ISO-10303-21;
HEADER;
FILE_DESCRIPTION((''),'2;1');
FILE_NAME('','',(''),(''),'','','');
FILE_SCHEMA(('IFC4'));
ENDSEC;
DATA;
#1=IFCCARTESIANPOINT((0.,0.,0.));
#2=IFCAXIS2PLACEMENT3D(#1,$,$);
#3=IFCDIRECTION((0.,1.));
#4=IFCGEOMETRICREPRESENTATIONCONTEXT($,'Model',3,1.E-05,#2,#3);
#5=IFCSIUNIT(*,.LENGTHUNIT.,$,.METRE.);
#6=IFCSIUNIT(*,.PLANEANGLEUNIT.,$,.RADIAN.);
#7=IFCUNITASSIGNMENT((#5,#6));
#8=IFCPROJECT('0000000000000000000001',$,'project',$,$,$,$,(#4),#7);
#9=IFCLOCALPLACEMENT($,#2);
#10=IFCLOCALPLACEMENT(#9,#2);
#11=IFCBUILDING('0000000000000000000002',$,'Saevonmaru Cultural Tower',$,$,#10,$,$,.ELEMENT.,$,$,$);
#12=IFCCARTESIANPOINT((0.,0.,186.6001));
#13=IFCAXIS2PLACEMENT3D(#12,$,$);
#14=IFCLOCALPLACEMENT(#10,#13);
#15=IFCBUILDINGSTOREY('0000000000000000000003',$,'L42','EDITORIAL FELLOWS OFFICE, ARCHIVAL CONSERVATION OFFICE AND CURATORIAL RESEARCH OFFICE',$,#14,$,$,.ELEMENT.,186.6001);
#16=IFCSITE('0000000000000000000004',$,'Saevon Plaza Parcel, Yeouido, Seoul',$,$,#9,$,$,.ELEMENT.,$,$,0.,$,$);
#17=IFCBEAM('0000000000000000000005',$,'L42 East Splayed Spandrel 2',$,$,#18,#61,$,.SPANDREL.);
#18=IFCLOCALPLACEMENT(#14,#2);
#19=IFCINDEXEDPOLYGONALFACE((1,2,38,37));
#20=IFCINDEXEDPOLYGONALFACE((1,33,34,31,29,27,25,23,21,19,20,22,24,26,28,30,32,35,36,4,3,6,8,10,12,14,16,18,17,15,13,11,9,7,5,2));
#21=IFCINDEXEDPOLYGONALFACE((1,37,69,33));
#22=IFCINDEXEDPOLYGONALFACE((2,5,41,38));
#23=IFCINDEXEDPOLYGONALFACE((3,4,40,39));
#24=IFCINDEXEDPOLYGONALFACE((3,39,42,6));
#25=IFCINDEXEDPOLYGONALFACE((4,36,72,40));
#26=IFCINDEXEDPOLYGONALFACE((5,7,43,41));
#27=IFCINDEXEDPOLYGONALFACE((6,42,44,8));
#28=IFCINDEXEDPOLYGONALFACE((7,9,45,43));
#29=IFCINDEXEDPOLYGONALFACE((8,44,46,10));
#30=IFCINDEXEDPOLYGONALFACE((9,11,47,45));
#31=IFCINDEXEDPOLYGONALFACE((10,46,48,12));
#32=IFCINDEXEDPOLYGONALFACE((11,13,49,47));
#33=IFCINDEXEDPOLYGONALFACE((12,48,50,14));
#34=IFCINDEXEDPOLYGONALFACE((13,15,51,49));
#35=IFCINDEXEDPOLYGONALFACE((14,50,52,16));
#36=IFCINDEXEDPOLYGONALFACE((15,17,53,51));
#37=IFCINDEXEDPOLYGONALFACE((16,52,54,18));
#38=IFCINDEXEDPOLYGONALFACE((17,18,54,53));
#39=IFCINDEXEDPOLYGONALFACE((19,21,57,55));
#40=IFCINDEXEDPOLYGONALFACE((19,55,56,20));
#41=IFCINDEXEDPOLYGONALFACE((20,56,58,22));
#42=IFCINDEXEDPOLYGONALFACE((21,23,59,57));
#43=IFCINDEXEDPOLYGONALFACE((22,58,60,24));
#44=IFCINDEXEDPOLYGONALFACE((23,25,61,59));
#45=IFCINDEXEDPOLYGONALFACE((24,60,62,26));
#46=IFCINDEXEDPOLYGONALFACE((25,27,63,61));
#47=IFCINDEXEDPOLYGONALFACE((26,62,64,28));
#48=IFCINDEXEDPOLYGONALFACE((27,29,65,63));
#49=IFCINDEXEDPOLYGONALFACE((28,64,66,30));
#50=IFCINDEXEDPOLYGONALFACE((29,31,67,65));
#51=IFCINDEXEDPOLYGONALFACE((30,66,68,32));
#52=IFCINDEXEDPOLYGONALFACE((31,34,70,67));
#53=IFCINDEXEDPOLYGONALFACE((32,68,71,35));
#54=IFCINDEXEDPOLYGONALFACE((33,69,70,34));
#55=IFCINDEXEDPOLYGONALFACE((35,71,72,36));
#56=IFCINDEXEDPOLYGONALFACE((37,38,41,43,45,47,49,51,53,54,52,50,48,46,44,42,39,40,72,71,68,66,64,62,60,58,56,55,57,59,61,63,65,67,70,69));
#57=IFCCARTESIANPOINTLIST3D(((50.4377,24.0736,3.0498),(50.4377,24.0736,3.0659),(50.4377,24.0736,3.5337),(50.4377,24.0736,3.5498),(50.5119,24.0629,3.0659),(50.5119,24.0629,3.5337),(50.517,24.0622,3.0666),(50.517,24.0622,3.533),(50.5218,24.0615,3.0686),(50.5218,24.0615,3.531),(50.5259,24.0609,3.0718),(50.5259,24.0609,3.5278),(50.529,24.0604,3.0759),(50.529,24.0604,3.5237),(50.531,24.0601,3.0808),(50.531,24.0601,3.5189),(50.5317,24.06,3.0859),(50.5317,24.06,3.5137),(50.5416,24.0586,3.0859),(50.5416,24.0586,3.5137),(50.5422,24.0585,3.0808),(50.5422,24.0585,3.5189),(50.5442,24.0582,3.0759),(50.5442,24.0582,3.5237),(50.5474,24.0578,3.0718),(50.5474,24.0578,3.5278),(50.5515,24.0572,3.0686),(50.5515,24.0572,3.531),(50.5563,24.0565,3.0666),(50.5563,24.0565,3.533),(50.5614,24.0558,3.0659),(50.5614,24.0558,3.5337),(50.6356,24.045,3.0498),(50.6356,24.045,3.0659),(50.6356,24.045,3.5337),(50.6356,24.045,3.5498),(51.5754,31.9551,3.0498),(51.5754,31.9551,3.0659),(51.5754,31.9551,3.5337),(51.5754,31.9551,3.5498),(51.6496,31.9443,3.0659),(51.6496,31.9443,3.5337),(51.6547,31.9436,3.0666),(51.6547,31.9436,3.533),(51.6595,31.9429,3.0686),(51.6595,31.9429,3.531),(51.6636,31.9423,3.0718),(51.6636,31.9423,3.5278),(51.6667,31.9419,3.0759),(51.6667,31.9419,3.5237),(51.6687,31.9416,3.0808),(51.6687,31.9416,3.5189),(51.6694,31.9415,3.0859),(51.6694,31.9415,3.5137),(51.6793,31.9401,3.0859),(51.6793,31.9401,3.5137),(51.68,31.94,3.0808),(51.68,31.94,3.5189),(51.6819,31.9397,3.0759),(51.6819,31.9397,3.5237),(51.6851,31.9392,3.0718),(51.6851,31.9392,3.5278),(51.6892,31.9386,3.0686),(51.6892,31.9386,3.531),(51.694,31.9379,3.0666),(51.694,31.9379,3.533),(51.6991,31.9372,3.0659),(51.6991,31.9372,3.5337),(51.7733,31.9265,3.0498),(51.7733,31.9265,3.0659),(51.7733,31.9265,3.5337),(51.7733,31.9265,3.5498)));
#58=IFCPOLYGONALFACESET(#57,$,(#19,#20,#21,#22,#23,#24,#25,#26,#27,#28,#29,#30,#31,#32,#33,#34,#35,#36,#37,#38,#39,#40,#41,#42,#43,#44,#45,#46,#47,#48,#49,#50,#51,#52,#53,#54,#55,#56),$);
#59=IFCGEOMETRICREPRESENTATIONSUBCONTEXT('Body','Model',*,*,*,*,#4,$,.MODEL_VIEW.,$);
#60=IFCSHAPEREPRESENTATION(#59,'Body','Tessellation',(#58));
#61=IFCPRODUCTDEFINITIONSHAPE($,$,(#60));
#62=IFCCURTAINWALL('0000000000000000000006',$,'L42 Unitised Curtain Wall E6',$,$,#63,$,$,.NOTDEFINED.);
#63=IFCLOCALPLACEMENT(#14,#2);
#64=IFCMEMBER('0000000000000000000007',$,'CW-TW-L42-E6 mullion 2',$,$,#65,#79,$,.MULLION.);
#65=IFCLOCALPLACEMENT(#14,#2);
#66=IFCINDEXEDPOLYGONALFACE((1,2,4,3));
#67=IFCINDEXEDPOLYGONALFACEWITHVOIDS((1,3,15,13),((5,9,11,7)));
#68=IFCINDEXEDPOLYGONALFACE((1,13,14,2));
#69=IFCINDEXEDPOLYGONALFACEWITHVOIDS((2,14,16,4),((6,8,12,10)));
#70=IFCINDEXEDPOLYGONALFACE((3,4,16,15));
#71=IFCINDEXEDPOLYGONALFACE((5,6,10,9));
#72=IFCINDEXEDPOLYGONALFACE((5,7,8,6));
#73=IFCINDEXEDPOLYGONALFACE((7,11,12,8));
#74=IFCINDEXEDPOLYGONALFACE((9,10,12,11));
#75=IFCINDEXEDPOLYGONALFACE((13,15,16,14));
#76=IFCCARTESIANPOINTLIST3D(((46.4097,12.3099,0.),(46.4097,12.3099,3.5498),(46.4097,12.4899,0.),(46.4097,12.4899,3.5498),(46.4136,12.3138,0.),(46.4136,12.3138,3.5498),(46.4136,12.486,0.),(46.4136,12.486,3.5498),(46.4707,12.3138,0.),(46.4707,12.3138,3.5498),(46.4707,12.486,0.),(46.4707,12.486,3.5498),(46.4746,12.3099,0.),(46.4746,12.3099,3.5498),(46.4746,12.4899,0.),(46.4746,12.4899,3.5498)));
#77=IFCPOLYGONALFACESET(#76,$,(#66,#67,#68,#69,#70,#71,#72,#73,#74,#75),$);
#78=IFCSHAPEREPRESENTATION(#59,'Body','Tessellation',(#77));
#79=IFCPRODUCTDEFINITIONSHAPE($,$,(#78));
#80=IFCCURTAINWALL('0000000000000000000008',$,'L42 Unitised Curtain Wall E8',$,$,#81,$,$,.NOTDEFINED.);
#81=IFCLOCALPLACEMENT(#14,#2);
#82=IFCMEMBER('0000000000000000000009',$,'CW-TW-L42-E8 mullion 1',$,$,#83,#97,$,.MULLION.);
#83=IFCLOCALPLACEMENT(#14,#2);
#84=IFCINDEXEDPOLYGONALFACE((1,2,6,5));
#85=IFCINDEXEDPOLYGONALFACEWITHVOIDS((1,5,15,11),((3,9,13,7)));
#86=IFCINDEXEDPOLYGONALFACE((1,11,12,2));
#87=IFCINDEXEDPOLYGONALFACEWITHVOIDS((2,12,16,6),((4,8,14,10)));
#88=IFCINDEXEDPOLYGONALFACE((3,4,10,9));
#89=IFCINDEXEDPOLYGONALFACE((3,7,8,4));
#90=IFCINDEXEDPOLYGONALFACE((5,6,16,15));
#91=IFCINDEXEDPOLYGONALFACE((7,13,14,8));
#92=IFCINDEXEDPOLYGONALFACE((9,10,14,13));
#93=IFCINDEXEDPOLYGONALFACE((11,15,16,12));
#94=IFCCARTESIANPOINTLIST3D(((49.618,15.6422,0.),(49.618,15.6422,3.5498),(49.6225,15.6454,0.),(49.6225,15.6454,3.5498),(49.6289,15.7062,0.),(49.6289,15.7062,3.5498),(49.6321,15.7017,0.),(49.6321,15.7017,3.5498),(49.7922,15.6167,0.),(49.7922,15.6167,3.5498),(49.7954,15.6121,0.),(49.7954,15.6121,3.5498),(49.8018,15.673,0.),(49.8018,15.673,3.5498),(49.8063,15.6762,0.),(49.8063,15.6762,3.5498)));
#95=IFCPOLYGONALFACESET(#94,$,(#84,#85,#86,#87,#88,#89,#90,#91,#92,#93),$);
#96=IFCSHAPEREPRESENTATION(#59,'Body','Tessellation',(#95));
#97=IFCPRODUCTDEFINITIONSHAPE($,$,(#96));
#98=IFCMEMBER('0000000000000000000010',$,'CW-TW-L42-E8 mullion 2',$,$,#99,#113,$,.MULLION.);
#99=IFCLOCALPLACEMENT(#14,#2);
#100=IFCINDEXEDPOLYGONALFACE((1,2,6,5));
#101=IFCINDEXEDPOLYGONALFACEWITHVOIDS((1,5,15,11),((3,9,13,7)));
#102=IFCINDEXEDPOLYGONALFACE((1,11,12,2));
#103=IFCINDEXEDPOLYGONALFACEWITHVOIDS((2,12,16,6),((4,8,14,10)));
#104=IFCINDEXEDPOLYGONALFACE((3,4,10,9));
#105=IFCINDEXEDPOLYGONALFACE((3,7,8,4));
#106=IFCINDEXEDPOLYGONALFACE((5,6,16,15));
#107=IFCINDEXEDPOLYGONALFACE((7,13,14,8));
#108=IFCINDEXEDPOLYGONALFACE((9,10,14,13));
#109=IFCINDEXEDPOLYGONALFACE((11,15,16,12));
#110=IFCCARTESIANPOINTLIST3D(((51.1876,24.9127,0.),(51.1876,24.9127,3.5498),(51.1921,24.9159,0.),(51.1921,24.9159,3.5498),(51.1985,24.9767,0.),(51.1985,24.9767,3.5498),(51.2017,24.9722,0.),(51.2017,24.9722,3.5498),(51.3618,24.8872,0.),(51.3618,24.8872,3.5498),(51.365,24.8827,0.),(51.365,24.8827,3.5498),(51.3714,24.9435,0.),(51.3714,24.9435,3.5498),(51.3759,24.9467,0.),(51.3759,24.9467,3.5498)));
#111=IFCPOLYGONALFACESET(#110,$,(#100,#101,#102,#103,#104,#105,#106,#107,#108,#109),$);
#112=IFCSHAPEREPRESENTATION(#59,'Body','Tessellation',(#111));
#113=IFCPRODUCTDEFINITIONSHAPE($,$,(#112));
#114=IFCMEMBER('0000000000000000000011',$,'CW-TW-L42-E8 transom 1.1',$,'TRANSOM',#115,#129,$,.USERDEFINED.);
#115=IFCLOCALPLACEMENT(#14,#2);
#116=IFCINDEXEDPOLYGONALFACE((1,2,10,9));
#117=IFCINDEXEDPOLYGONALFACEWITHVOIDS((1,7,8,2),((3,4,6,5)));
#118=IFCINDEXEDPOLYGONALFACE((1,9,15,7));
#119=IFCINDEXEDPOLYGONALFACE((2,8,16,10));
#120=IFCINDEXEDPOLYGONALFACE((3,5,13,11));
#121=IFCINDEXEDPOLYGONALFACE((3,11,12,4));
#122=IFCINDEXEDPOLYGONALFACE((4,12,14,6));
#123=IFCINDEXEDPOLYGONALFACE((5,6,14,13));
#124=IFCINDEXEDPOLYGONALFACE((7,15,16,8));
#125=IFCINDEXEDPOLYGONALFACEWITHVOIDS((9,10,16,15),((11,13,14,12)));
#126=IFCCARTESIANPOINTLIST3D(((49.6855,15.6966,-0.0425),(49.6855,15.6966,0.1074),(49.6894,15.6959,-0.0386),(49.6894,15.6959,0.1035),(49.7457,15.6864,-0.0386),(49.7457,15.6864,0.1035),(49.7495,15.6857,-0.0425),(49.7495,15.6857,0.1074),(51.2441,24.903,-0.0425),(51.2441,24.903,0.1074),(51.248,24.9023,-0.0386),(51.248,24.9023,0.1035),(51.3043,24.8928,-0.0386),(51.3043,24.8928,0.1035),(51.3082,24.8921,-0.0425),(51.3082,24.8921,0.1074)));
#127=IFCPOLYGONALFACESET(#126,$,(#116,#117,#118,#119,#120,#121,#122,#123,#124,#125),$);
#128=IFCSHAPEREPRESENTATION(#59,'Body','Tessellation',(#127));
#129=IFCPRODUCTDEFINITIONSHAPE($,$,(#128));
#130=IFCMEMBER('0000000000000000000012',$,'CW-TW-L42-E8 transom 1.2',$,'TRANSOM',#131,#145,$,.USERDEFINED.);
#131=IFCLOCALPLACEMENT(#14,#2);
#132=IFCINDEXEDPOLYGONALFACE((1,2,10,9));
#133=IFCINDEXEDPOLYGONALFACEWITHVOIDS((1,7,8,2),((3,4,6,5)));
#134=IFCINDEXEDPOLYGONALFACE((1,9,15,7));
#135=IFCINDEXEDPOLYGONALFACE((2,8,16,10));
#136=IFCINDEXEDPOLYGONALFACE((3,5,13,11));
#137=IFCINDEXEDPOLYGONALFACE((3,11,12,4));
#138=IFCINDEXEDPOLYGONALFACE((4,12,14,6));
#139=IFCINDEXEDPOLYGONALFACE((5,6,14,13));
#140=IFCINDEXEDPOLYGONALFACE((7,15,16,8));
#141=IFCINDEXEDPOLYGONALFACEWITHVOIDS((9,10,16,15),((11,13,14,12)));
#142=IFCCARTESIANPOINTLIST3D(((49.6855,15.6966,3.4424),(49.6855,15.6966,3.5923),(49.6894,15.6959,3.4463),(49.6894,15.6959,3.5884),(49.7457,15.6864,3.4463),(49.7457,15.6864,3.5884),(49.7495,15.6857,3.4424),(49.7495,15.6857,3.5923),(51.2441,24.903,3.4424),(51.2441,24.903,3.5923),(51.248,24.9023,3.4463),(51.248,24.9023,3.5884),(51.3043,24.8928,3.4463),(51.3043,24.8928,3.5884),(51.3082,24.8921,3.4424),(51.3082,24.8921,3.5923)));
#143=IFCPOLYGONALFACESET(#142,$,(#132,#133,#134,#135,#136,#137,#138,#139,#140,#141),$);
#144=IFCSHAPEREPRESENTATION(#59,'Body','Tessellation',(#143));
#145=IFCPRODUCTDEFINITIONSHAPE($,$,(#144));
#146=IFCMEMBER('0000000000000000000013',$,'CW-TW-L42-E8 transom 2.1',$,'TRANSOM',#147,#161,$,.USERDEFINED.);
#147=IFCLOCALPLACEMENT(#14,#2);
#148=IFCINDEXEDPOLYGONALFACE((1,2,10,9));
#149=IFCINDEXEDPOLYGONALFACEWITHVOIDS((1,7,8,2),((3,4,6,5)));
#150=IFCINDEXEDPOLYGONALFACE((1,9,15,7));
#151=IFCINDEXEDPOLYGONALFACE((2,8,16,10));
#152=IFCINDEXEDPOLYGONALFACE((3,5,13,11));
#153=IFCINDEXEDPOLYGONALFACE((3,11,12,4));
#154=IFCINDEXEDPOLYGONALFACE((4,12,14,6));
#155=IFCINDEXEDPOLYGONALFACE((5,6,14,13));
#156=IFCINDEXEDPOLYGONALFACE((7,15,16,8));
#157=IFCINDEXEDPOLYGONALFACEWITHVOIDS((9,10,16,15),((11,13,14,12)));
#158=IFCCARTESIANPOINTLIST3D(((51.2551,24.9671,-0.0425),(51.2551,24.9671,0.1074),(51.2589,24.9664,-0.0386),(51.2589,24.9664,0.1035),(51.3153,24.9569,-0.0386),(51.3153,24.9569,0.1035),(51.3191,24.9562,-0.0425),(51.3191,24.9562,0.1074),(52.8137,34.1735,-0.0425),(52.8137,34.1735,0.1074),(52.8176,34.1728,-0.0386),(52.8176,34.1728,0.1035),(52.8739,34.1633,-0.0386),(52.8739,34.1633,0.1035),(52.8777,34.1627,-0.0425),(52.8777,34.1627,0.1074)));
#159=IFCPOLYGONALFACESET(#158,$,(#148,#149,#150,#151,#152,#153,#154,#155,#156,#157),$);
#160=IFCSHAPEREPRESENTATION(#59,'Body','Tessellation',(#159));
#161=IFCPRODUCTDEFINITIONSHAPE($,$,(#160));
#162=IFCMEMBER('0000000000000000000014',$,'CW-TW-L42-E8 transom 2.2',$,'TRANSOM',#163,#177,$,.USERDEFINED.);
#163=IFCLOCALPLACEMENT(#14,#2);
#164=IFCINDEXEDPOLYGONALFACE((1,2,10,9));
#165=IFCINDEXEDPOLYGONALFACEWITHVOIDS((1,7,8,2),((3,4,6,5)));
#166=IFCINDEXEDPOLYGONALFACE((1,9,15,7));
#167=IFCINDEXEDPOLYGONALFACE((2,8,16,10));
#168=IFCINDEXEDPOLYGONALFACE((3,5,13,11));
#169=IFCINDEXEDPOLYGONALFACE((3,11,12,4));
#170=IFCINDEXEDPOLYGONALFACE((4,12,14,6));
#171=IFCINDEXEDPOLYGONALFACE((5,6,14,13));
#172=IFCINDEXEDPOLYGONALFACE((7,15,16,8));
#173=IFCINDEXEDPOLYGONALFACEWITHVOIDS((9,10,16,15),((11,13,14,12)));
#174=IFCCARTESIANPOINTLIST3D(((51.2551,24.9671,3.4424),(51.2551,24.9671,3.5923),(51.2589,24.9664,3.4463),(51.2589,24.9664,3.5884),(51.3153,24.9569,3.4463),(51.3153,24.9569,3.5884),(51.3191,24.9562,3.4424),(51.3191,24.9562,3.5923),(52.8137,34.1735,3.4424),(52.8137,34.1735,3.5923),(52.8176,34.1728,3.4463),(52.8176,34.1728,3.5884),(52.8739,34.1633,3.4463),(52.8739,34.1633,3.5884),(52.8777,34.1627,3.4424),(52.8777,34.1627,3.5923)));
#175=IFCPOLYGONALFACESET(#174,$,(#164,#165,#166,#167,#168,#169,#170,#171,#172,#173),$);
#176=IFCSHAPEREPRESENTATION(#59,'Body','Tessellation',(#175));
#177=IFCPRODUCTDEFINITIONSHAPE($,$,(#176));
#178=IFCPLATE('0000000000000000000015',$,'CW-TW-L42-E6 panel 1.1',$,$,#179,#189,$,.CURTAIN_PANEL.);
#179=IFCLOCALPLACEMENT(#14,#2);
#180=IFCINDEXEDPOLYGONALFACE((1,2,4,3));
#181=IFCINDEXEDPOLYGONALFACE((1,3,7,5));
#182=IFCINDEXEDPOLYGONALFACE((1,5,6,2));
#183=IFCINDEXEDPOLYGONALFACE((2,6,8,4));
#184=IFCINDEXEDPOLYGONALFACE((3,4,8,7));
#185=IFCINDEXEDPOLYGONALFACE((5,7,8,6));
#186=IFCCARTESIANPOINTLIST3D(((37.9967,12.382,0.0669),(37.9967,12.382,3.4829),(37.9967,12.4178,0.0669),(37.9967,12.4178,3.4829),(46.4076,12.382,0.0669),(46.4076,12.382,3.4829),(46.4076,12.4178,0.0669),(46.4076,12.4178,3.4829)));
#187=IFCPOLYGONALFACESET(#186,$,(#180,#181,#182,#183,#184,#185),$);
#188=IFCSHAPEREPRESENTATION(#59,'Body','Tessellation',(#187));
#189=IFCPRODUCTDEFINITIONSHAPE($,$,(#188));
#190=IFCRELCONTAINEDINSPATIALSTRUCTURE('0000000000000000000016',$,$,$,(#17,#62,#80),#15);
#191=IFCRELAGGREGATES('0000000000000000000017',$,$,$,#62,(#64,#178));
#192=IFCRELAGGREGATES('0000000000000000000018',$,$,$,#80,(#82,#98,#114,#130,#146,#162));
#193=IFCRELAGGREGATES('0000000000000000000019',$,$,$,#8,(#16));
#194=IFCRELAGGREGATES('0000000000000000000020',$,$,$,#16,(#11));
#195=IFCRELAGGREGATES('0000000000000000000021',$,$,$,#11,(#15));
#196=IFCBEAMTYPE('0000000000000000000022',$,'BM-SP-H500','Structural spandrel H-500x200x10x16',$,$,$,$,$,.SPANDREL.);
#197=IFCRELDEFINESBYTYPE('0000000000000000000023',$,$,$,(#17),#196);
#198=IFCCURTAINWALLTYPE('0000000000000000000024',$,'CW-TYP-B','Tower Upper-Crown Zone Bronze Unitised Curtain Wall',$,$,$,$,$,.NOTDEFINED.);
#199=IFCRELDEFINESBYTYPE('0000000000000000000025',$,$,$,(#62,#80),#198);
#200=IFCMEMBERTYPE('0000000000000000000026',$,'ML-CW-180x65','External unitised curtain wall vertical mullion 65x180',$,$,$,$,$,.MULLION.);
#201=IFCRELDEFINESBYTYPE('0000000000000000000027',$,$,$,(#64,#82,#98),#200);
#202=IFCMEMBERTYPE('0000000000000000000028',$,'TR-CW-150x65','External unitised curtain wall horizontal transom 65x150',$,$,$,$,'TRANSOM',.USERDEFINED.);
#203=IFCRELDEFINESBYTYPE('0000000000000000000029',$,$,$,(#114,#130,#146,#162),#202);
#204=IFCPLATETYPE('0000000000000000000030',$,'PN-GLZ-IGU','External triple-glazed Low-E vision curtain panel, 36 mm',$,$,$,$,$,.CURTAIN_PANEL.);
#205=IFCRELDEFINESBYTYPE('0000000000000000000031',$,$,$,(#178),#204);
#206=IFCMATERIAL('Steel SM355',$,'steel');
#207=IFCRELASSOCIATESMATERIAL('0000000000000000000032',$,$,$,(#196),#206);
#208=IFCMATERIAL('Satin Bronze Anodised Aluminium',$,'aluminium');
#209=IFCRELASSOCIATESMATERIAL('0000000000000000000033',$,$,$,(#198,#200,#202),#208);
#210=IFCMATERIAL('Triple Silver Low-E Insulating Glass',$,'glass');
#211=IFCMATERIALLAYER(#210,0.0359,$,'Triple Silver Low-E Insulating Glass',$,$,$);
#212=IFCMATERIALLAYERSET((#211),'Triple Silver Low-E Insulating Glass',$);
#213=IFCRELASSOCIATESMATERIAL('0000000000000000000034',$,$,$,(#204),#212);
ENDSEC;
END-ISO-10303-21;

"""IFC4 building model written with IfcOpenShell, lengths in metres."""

from ifc_helpers import new_model, si_unit, direction, frame, origin, origin_2d, place, context, subcontext, project, spatial, rectangle, hollow_rectangle, i_section, extrude, material, layer, layer_set, material_profile, profile_set, type_object, element, aggregate, save


model = new_model("IFC4")

# Units and contexts
model_context = context("Model", 3, precision=1e-05, world=origin(), true_north=direction((0.0, 1.0)))
body_context = subcontext(model_context, "Body", "Model", "MODEL_VIEW")
ifc_project = project(units=[si_unit("LENGTHUNIT", "METRE"), si_unit("PLANEANGLEUNIT", "RADIAN")], contexts=[model_context])

# Site, building, storey
site_placement = place(None, origin())
site = spatial("IfcSite", under=ifc_project, at=site_placement, Name="Saevon Plaza Parcel, Yeouido, Seoul", CompositionType="ELEMENT", RefElevation=0.0)
building_placement = place(site_placement, origin())
building = spatial("IfcBuilding", under=site, at=building_placement, Name="Saevonmaru Cultural Tower", CompositionType="ELEMENT")
storey_placement = place(building_placement, frame((0.0, 0.0, 186.6001)))
storey = spatial("IfcBuildingStorey", under=building, at=storey_placement, Name="L42", Description="EDITORIAL FELLOWS OFFICE, ARCHIVAL CONSERVATION OFFICE AND CURATORIAL RESEARCH OFFICE", CompositionType="ELEMENT", Elevation=186.6001)

# Shared definitions
ifc_material_1 = material(Name="Steel SM355", Category="steel")

# Beam
ifc_material_profile_1 = material_profile(ifc_material_1, i_section(OverallWidth=0.2, OverallDepth=0.5, WebThickness=0.01, FlangeThickness=0.0161, FilletRadius=0.02, at=origin_2d()), Name="H-500x200x10x16")
ifc_profile_set_1 = profile_set([ifc_material_profile_1], Name="Steel SM355")
beam_type_1 = type_object("IfcBeamType", Name="BM-SP-H500", Description="Structural spandrel H-500x200x10x16", PredefinedType="SPANDREL", material=ifc_profile_set_1)
for number, where, z_axis, x_axis, name in (
    (1, (50.5366, 24.0593, 3.2998), (0.142872, 0.989741, 0.0), (-0.989741, 0.142872, 0.0), "L42 East Splayed Spandrel 2"),
):
    element("IfcBeam", number, at=place(storey_placement, frame(where, z_axis=z_axis, x_axis=x_axis)), inside=storey, type_object=beam_type_1, Name=name, PredefinedType="SPANDREL", context=body_context, shape_type="SweptSolid", body=[
        extrude(i_section(OverallWidth=0.2, OverallDepth=0.5, WebThickness=0.01, FlangeThickness=0.0161, FilletRadius=0.02, at=origin_2d()), origin(), (0.0, 0.0, 1.0), 7.9631),
    ])

# Curtain wall, member
ifc_material_2 = material(Name="Satin Bronze Anodised Aluminium", Category="aluminium")
curtain_wall_type = type_object("IfcCurtainWallType", Name="CW-TYP-B", Description="Tower Upper-Crown Zone Bronze Unitised Curtain Wall", PredefinedType="NOTDEFINED", material=ifc_material_2)
curtain_wall_1_placement = place(storey_placement, origin())
curtain_wall_1 = element("IfcCurtainWall", 2, at=curtain_wall_1_placement, inside=storey, type_object=curtain_wall_type, Name="L42 Unitised Curtain Wall E6", PredefinedType="NOTDEFINED")
ifc_material_profile_2 = material_profile(ifc_material_2, hollow_rectangle(XDim=0.0649, YDim=0.1799, WallThickness=0.0039, at=origin_2d()), Name="ALU-MULL-180x65x4")
ifc_profile_set_2 = profile_set([ifc_material_profile_2], Name="Satin Bronze Anodised Aluminium")
member_type_1 = type_object("IfcMemberType", Name="ML-CW-180x65", Description="External unitised curtain wall vertical mullion 65x180", PredefinedType="MULLION", material=ifc_profile_set_2)
member_1_placement = place(storey_placement, frame((46.4421, 12.3999, 0.0), z_axis=(0.0, 0.0, 1.0), x_axis=(1.0, 0.0, 0.0)))
member_1 = element("IfcMember", 3, at=member_1_placement, type_object=member_type_1, Name="CW-TW-L42-E6 mullion 2", PredefinedType="MULLION", context=body_context, shape_type="SweptSolid", body=[
    extrude(hollow_rectangle(XDim=0.0649, YDim=0.1799, WallThickness=0.0039, at=origin_2d()), origin(), (0.0, 0.0, 1.0), 3.5498),
])

# Curtain wall, members
curtain_wall_2_placement = place(storey_placement, origin())
curtain_wall_2 = element("IfcCurtainWall", 4, at=curtain_wall_2_placement, inside=storey, type_object=curtain_wall_type, Name="L42 Unitised Curtain Wall E8", PredefinedType="NOTDEFINED")
member_2_placement = place(storey_placement, frame((49.7122, 15.6592, 0.0), z_axis=(0.0, 0.0, 1.0), x_axis=(0.166922, 0.98597, 0.0)))
member_2 = element("IfcMember", 5, at=member_2_placement, type_object=member_type_1, Name="CW-TW-L42-E8 mullion 1", PredefinedType="MULLION", context=body_context, shape_type="SweptSolid", body=[
    extrude(hollow_rectangle(XDim=0.0649, YDim=0.1799, WallThickness=0.0039, at=origin_2d()), origin(), (0.0, 0.0, 1.0), 3.5498),
])
member_3_placement = place(storey_placement, frame((51.2817, 24.9297, 0.0), z_axis=(0.0, 0.0, 1.0), x_axis=(0.166922, 0.98597, 0.0)))
member_3 = element("IfcMember", 6, at=member_3_placement, type_object=member_type_1, Name="CW-TW-L42-E8 mullion 2", PredefinedType="MULLION", context=body_context, shape_type="SweptSolid", body=[
    extrude(hollow_rectangle(XDim=0.0649, YDim=0.1799, WallThickness=0.0039, at=origin_2d()), origin(), (0.0, 0.0, 1.0), 3.5498),
])
ifc_material_profile_3 = material_profile(ifc_material_2, hollow_rectangle(XDim=0.0649, YDim=0.1499, WallThickness=0.0039, at=origin_2d()), Name="ALU-TRAN-150x65x4")
ifc_profile_set_3 = profile_set([ifc_material_profile_3], Name="Satin Bronze Anodised Aluminium")
member_type_2 = type_object("IfcMemberType", Name="TR-CW-150x65", Description="External unitised curtain wall horizontal transom 65x150", ElementType="TRANSOM", PredefinedType="USERDEFINED", material=ifc_profile_set_3)
member_4_placement = place(storey_placement, frame((49.7175, 15.6912, 0.0325), z_axis=(0.166921, 0.98597, 0.0), x_axis=(-0.98597, 0.166921, 0.0)))
member_4 = element("IfcMember", 7, at=member_4_placement, type_object=member_type_2, Name="CW-TW-L42-E8 transom 1.1", ObjectType="TRANSOM", PredefinedType="USERDEFINED", context=body_context, shape_type="SweptSolid", body=[
    extrude(hollow_rectangle(XDim=0.0649, YDim=0.1499, WallThickness=0.0039, at=origin_2d()), origin(), (0.0, 0.0, 1.0), 9.3374),
])
member_5_placement = place(storey_placement, frame((49.7175, 15.6912, 3.5173), z_axis=(0.166921, 0.98597, 0.0), x_axis=(-0.98597, 0.166921, 0.0)))
member_5 = element("IfcMember", 8, at=member_5_placement, type_object=member_type_2, Name="CW-TW-L42-E8 transom 1.2", ObjectType="TRANSOM", PredefinedType="USERDEFINED", context=body_context, shape_type="SweptSolid", body=[
    extrude(hollow_rectangle(XDim=0.0649, YDim=0.1499, WallThickness=0.0039, at=origin_2d()), origin(), (0.0, 0.0, 1.0), 9.3374),
])
member_6_placement = place(storey_placement, frame((51.2871, 24.9617, 0.0325), z_axis=(0.166921, 0.98597, 0.0), x_axis=(-0.98597, 0.166921, 0.0)))
member_6 = element("IfcMember", 9, at=member_6_placement, type_object=member_type_2, Name="CW-TW-L42-E8 transom 2.1", ObjectType="TRANSOM", PredefinedType="USERDEFINED", context=body_context, shape_type="SweptSolid", body=[
    extrude(hollow_rectangle(XDim=0.0649, YDim=0.1499, WallThickness=0.0039, at=origin_2d()), origin(), (0.0, 0.0, 1.0), 9.3374),
])
member_7_placement = place(storey_placement, frame((51.2871, 24.9617, 3.5173), z_axis=(0.166921, 0.98597, 0.0), x_axis=(-0.98597, 0.166921, 0.0)))
member_7 = element("IfcMember", 10, at=member_7_placement, type_object=member_type_2, Name="CW-TW-L42-E8 transom 2.2", ObjectType="TRANSOM", PredefinedType="USERDEFINED", context=body_context, shape_type="SweptSolid", body=[
    extrude(hollow_rectangle(XDim=0.0649, YDim=0.1499, WallThickness=0.0039, at=origin_2d()), origin(), (0.0, 0.0, 1.0), 9.3374),
])

# Plate
ifc_material_3 = material(Name="Triple Silver Low-E Insulating Glass", Category="glass")
ifc_layer_1 = layer(ifc_material_3, 0.0359, Name="Triple Silver Low-E Insulating Glass")
ifc_layer_set_1 = layer_set([ifc_layer_1], Name="Triple Silver Low-E Insulating Glass")
plate_type = type_object("IfcPlateType", Name="PN-GLZ-IGU", Description="External triple-glazed Low-E vision curtain panel, 36 mm", PredefinedType="CURTAIN_PANEL", material=ifc_layer_set_1)
plate_1_placement = place(storey_placement, frame((42.2021, 12.3999, 0.0669), z_axis=(0.0, 0.0, 1.0), x_axis=(1.0, 0.0, 0.0)))
plate_1 = element("IfcPlate", 11, at=plate_1_placement, type_object=plate_type, Name="CW-TW-L42-E6 panel 1.1", PredefinedType="CURTAIN_PANEL", context=body_context, shape_type="SweptSolid", body=[
    extrude(rectangle(XDim=8.4109, YDim=0.0359, at=origin_2d()), origin(), (0.0, 0.0, 1.0), 3.416),
])
aggregate(curtain_wall_1, [member_1, plate_1])
aggregate(curtain_wall_2, [member_2, member_3, member_4, member_5, member_6, member_7])

save(model, "model.ifc")
